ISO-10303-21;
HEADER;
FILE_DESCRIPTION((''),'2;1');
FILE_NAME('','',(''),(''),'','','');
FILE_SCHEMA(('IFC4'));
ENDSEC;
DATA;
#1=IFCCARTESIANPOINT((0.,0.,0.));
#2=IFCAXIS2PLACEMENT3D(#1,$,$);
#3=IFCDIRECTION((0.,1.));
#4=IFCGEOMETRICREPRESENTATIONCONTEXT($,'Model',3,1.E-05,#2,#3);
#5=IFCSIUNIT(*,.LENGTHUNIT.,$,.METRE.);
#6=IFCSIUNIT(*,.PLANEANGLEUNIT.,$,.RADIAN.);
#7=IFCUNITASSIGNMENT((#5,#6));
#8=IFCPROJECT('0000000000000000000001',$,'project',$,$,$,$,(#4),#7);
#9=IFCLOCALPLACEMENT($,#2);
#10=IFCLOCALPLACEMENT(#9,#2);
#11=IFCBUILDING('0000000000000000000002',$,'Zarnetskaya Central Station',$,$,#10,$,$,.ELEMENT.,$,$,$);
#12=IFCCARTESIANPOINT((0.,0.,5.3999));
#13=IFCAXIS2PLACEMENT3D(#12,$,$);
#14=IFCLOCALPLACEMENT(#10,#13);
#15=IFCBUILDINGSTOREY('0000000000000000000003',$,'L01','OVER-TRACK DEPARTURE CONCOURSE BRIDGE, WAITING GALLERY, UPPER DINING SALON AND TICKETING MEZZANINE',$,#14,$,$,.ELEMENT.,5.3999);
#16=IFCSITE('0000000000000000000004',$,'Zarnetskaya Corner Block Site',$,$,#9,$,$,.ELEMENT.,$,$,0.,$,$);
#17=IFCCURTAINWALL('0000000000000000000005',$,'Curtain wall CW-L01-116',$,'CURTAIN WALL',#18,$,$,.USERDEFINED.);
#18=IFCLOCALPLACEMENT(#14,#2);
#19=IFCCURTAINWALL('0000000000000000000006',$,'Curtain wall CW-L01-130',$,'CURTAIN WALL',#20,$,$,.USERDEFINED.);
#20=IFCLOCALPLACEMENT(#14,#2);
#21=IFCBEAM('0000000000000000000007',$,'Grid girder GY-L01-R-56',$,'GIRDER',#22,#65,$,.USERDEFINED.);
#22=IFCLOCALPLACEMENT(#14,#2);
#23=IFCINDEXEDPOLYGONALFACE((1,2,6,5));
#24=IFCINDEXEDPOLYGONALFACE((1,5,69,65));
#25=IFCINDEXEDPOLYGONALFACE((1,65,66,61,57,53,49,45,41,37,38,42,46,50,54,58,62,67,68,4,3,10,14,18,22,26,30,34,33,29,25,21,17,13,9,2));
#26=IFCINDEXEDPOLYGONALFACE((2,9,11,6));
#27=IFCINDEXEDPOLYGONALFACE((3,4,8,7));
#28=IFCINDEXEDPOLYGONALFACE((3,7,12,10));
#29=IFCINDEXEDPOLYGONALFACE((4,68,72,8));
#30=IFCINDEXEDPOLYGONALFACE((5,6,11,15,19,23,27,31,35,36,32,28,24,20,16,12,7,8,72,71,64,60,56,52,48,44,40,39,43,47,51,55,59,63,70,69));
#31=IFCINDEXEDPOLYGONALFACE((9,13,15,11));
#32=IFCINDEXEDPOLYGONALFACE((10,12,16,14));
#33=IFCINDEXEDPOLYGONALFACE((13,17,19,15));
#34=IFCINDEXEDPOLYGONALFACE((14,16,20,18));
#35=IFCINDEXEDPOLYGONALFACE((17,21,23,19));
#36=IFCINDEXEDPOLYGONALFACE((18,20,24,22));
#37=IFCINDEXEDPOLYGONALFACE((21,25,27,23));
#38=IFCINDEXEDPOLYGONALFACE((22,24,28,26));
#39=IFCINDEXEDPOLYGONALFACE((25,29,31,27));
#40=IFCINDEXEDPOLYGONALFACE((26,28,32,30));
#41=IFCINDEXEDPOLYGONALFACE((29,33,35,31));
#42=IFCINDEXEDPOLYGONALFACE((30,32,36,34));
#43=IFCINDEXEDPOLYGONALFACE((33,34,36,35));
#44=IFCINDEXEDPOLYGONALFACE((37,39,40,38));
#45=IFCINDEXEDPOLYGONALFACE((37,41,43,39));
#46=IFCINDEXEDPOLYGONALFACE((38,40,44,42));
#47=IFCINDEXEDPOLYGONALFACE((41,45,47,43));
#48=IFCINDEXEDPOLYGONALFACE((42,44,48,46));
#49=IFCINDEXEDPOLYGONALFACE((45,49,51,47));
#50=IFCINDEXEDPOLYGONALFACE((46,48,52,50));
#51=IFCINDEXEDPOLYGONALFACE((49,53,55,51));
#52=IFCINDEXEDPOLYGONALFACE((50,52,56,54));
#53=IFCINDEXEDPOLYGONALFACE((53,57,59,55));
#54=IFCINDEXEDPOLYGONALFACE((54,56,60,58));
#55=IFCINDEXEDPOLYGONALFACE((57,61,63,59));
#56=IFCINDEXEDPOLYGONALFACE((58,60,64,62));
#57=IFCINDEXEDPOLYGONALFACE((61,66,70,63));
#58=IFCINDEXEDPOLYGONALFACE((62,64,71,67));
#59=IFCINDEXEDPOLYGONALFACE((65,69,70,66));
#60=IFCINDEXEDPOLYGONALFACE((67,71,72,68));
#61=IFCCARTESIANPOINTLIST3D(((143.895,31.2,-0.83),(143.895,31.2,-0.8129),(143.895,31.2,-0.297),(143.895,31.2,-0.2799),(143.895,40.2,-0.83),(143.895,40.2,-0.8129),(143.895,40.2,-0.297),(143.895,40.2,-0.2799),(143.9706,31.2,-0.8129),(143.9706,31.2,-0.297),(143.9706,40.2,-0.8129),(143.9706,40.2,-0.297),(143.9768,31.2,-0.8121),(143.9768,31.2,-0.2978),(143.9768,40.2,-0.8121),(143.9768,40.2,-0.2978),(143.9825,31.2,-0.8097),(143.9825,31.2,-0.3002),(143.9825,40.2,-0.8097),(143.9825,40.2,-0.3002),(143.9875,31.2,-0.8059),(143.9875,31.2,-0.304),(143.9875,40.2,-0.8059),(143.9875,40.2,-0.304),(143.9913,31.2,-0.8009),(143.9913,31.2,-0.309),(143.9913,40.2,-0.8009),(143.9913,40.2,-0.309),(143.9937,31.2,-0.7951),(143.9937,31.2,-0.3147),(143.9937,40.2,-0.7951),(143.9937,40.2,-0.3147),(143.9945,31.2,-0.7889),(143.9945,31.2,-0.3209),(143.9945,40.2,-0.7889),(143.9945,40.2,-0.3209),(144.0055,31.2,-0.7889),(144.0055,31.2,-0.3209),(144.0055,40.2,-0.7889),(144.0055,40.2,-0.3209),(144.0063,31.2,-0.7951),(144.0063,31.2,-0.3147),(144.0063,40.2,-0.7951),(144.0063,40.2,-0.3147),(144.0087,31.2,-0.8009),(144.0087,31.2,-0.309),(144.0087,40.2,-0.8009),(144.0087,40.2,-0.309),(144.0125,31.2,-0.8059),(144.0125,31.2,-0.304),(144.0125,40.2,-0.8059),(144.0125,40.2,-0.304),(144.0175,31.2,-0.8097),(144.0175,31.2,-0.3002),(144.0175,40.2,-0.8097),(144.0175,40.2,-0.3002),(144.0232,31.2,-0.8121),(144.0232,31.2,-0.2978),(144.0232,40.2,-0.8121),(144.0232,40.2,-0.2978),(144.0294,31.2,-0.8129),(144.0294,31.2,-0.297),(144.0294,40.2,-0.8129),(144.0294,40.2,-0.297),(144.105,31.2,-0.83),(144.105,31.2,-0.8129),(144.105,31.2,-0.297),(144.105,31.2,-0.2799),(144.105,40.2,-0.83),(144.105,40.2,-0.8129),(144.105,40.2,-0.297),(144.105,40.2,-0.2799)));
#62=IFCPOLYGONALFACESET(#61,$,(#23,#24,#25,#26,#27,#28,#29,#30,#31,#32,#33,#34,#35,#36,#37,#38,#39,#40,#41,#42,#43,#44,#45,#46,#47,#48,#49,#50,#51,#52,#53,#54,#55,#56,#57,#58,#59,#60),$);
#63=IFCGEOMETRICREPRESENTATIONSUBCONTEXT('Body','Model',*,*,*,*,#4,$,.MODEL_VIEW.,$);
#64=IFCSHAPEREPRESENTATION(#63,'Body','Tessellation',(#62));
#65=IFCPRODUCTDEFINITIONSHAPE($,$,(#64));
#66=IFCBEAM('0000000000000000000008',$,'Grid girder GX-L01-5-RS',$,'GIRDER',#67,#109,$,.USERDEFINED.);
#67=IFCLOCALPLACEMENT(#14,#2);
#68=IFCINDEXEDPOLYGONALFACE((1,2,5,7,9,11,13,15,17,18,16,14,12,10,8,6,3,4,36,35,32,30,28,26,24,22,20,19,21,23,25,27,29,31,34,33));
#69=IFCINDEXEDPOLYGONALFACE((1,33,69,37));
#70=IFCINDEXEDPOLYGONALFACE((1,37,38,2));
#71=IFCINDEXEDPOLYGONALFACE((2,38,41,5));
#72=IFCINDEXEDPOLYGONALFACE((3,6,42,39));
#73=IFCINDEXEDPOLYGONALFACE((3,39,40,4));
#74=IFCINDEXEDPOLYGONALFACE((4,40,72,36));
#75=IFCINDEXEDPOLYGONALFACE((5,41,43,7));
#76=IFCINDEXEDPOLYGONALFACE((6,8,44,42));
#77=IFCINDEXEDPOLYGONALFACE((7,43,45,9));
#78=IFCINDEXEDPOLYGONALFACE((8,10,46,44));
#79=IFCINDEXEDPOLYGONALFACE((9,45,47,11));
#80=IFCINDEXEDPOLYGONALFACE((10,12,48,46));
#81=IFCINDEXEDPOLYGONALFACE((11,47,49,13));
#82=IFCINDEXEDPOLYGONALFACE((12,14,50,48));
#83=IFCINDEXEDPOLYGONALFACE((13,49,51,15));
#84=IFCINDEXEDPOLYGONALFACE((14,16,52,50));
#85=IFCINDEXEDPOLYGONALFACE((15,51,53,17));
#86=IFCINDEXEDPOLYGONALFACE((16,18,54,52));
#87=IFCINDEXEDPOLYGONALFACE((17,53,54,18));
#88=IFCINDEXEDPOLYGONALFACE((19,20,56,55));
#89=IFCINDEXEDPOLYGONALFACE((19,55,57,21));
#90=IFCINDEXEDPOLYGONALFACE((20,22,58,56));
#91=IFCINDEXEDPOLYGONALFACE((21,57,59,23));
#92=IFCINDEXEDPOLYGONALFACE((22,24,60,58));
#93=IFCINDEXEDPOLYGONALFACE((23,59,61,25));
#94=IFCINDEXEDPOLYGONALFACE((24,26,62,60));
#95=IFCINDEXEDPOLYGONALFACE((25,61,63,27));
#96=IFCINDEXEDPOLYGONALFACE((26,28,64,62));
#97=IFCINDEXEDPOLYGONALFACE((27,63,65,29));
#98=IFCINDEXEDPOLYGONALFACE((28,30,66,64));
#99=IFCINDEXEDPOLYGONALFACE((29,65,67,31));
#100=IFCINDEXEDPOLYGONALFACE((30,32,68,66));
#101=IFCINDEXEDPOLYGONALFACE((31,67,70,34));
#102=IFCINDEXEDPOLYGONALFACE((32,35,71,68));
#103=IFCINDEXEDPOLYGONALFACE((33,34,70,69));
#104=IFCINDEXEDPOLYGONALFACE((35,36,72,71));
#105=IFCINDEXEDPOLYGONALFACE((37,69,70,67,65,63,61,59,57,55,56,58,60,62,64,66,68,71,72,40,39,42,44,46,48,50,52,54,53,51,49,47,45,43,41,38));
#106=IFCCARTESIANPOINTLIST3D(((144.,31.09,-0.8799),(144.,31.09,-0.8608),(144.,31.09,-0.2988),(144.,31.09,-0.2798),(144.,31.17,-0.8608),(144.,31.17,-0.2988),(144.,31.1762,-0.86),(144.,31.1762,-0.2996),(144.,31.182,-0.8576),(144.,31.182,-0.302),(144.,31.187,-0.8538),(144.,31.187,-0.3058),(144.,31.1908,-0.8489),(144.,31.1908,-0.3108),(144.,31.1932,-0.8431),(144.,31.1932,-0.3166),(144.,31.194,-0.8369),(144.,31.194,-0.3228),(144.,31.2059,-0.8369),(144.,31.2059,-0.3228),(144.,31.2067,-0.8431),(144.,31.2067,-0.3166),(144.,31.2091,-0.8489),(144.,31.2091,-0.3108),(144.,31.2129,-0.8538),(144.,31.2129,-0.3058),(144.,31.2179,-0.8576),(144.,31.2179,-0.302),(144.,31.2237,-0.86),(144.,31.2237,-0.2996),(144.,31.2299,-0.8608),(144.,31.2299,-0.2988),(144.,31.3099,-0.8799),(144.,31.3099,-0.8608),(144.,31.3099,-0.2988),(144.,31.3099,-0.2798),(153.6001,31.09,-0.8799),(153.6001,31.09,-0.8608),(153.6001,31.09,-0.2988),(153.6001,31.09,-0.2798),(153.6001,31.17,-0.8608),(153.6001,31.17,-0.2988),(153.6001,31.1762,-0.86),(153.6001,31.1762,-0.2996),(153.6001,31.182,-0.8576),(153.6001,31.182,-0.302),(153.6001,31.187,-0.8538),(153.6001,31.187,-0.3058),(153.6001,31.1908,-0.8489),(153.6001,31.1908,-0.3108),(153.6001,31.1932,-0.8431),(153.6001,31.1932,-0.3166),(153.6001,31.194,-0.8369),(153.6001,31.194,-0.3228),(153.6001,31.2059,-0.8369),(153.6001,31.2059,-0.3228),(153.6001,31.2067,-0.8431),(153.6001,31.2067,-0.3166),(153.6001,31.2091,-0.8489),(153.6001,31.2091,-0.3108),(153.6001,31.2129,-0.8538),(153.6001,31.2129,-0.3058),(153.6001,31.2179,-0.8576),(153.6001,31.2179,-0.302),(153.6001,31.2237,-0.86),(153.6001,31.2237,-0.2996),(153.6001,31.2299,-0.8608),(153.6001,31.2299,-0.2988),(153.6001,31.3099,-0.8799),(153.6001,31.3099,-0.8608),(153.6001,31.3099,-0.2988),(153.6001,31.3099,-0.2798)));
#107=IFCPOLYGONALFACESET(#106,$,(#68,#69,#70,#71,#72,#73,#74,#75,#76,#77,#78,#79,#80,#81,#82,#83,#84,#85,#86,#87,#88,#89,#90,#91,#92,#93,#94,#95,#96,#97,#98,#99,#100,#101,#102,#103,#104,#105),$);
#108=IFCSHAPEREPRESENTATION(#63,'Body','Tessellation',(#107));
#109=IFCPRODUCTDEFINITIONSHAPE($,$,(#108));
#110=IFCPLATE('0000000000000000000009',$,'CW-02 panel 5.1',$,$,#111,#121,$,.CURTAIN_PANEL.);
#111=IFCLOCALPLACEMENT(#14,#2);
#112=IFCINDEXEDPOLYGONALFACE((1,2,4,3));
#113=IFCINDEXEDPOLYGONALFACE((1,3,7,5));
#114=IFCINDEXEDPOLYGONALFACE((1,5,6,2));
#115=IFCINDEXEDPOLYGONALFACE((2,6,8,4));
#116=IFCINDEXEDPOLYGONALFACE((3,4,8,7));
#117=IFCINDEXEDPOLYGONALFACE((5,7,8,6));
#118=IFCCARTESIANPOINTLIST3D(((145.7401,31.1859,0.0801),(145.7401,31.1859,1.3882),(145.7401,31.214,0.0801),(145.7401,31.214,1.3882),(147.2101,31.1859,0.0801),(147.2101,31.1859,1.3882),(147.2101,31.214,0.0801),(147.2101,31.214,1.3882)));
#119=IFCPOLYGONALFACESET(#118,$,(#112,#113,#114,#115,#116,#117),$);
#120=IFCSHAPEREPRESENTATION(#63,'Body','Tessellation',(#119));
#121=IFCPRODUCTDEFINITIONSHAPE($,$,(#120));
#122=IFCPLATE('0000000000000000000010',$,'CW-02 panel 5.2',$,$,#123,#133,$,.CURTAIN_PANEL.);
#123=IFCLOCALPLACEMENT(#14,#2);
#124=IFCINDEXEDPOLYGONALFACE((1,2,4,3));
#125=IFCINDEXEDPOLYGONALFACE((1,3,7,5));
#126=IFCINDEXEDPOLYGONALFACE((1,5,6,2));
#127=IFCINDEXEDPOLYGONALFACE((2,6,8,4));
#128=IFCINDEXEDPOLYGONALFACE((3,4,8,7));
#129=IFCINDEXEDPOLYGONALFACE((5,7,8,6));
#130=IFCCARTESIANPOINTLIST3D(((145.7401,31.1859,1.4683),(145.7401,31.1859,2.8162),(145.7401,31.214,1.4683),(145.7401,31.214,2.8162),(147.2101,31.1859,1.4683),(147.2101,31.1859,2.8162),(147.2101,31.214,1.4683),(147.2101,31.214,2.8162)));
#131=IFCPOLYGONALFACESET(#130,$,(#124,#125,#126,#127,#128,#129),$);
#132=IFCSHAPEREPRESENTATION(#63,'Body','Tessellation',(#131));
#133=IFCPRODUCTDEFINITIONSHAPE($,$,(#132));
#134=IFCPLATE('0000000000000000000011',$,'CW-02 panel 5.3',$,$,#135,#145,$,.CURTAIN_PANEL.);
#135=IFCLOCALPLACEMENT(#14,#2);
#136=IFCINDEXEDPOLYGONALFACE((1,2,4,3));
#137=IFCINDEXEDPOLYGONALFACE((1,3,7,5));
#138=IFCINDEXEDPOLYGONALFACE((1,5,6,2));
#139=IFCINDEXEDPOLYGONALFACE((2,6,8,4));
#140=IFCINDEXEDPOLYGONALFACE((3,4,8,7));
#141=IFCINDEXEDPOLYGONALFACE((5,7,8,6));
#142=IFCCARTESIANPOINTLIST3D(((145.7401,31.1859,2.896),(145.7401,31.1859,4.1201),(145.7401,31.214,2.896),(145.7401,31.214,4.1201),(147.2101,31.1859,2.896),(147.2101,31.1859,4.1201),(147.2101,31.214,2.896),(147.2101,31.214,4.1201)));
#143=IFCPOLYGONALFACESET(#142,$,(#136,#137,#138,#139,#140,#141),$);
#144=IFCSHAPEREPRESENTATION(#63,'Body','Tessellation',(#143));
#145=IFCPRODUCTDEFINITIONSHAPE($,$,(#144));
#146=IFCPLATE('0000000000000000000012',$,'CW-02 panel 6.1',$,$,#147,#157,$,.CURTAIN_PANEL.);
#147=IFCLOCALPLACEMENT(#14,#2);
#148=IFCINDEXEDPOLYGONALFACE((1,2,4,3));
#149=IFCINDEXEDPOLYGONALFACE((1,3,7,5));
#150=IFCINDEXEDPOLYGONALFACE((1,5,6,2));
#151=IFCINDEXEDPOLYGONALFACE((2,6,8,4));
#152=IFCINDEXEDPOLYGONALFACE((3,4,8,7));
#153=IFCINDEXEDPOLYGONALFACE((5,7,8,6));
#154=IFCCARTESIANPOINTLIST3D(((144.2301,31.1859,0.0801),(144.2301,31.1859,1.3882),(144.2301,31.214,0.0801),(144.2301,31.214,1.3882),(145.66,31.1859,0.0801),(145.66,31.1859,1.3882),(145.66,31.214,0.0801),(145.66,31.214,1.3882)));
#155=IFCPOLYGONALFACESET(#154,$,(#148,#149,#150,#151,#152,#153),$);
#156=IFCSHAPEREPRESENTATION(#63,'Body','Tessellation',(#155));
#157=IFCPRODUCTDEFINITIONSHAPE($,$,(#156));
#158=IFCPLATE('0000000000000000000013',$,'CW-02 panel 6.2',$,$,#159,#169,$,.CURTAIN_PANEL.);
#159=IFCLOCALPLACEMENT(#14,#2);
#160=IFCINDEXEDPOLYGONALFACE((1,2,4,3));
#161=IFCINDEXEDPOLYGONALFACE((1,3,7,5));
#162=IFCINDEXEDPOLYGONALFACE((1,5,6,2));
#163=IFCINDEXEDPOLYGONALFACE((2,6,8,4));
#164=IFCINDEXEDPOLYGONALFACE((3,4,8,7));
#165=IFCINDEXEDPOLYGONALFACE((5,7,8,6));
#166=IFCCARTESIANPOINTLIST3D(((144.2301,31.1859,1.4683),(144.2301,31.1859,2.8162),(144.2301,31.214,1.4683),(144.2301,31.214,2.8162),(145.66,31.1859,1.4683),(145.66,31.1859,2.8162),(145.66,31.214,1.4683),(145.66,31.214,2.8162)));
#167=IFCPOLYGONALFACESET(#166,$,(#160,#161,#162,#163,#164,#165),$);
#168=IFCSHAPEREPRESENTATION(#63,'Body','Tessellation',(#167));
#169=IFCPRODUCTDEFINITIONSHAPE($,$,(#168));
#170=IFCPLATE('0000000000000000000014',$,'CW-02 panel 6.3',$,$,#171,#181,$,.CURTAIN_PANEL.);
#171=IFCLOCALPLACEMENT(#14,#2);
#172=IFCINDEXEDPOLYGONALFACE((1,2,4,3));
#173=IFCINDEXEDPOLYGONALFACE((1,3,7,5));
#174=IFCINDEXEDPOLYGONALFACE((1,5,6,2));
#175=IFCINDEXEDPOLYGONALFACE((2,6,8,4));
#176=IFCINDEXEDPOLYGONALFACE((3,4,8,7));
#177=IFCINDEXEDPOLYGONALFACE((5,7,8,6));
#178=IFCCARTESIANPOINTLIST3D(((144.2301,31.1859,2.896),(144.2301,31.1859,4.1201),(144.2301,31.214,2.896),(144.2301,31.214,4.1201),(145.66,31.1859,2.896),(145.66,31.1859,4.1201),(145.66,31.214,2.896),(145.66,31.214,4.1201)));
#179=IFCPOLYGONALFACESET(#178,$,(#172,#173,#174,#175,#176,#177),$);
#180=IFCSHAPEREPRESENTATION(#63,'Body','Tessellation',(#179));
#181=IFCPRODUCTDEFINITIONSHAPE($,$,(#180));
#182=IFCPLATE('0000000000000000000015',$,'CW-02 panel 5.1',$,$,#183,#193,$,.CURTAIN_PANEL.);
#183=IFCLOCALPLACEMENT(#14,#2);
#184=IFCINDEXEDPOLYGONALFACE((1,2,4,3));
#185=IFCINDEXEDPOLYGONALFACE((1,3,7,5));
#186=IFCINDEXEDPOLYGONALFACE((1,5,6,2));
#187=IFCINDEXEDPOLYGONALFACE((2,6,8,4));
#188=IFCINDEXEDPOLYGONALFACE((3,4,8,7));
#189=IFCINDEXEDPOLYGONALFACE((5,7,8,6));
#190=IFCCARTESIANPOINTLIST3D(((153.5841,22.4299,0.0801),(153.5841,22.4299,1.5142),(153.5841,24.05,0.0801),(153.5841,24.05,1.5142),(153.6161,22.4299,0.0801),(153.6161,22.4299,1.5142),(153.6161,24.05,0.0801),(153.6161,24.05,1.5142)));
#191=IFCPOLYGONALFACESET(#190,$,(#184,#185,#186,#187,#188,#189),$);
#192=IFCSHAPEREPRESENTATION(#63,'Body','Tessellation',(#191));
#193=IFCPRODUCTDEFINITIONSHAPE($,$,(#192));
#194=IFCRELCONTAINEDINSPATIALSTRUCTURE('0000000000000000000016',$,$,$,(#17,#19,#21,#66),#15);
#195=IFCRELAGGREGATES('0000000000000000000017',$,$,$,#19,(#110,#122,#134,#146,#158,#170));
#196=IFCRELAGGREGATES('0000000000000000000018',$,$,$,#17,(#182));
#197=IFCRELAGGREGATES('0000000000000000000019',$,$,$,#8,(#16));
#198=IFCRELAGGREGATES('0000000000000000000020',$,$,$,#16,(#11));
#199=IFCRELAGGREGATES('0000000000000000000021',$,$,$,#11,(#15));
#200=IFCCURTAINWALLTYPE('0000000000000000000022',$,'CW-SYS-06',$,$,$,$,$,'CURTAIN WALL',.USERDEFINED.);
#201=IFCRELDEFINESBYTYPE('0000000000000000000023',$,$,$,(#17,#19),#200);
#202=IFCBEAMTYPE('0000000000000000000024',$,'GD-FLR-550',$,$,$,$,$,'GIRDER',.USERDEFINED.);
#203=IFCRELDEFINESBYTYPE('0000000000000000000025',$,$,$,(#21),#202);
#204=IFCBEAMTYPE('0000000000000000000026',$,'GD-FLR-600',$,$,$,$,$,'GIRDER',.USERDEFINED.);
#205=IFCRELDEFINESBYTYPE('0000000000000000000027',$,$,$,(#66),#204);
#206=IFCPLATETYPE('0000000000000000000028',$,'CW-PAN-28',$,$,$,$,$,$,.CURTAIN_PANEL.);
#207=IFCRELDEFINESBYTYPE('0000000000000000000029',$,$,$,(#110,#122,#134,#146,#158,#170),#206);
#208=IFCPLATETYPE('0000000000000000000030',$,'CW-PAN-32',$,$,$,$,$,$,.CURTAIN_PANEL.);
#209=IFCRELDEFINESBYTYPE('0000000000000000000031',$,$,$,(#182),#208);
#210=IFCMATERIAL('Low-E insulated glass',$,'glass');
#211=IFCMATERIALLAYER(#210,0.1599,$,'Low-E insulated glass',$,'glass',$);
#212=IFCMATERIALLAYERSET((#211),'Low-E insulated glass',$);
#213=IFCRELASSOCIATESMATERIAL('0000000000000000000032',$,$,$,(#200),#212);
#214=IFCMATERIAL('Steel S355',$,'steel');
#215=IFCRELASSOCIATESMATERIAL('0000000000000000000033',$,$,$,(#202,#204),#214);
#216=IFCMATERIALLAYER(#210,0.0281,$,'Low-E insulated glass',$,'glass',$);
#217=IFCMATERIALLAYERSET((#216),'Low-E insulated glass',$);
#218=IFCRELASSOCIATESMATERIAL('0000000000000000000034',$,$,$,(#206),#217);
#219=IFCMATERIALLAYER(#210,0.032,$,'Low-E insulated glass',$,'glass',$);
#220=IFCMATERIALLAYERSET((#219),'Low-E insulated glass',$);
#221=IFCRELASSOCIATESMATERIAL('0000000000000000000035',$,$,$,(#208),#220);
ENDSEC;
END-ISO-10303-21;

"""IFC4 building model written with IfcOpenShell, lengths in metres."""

from ifc_helpers import new_model, si_unit, direction, frame, origin, origin_2d, place, context, subcontext, project, spatial, rectangle, i_section, extrude, material, layer, layer_set, material_profile, profile_set, type_object, element, aggregate, save


model = new_model("IFC4")

# Units and contexts
model_context = context("Model", 3, precision=1e-05, world=origin(), true_north=direction((0.0, 1.0)))
body_context = subcontext(model_context, "Body", "Model", "MODEL_VIEW")
ifc_project = project(units=[si_unit("LENGTHUNIT", "METRE"), si_unit("PLANEANGLEUNIT", "RADIAN")], contexts=[model_context])

# Site, building, storey
site_placement = place(None, origin())
site = spatial("IfcSite", under=ifc_project, at=site_placement, Name="Zarnetskaya Corner Block Site", CompositionType="ELEMENT", RefElevation=0.0)
building_placement = place(site_placement, origin())
building = spatial("IfcBuilding", under=site, at=building_placement, Name="Zarnetskaya Central Station", CompositionType="ELEMENT")
storey_placement = place(building_placement, frame((0.0, 0.0, 5.3999)))
storey = spatial("IfcBuildingStorey", under=building, at=storey_placement, Name="L01", Description="OVER-TRACK DEPARTURE CONCOURSE BRIDGE, WAITING GALLERY, UPPER DINING SALON AND TICKETING MEZZANINE", CompositionType="ELEMENT", Elevation=5.3999)

# Shared definitions
ifc_material_1 = material(Name="Steel S355", Category="steel")

# Shared definitions
ifc_material_2 = material(Name="Low-E insulated glass", Category="glass")
ifc_layer_1 = layer(ifc_material_2, 0.1599, Name="Low-E insulated glass", Category="glass")
ifc_layer_set_1 = layer_set([ifc_layer_1], Name="Low-E insulated glass")
curtain_wall_type = type_object("IfcCurtainWallType", Name="CW-SYS-06", ElementType="CURTAIN WALL", PredefinedType="USERDEFINED", material=ifc_layer_set_1)

# Curtain wall
curtain_wall_1_placement = place(storey_placement, origin())
curtain_wall_1 = element("IfcCurtainWall", 1, at=curtain_wall_1_placement, inside=storey, type_object=curtain_wall_type, Name="Curtain wall CW-L01-116", ObjectType="CURTAIN WALL", PredefinedType="USERDEFINED")

# Curtain wall
curtain_wall_2_placement = place(storey_placement, origin())
curtain_wall_2 = element("IfcCurtainWall", 2, at=curtain_wall_2_placement, inside=storey, type_object=curtain_wall_type, Name="Curtain wall CW-L01-130", ObjectType="CURTAIN WALL", PredefinedType="USERDEFINED")

# Beams
ifc_material_profile_1 = material_profile(ifc_material_1, i_section(OverallWidth=0.21, OverallDepth=0.55, WebThickness=0.011, FlangeThickness=0.0171, FilletRadius=0.0239, at=origin_2d()), Name="IPE 550")
ifc_profile_set_1 = profile_set([ifc_material_profile_1], Name="Steel S355")
beam_type_1 = type_object("IfcBeamType", Name="GD-FLR-550", ElementType="GIRDER", PredefinedType="USERDEFINED", material=ifc_profile_set_1)
beam_1_placement = place(storey_placement, frame((144.0, 31.2, -0.5549), z_axis=(0.0, 1.0, 0.0), x_axis=(-1.0, 0.0, 0.0)))
element("IfcBeam", 3, at=beam_1_placement, inside=storey, type_object=beam_type_1, Name="Grid girder GY-L01-R-56", ObjectType="GIRDER", PredefinedType="USERDEFINED", context=body_context, shape_type="SweptSolid", body=[
    extrude(i_section(OverallWidth=0.21, OverallDepth=0.55, WebThickness=0.011, FlangeThickness=0.0171, FilletRadius=0.0239, at=origin_2d()), origin(), (0.0, 0.0, 1.0), 9.0),
])
ifc_material_profile_2 = material_profile(ifc_material_1, i_section(OverallWidth=0.22, OverallDepth=0.6001, WebThickness=0.012, FlangeThickness=0.019, FilletRadius=0.0239, at=origin_2d()), Name="IPE 600")
ifc_profile_set_2 = profile_set([ifc_material_profile_2], Name="Steel S355")
beam_type_2 = type_object("IfcBeamType", Name="GD-FLR-600", ElementType="GIRDER", PredefinedType="USERDEFINED", material=ifc_profile_set_2)
beam_2_placement = place(storey_placement, frame((144.0, 31.2, -0.5798), z_axis=(1.0, 0.0, 0.0), x_axis=(0.0, 1.0, 0.0)))
element("IfcBeam", 4, at=beam_2_placement, inside=storey, type_object=beam_type_2, Name="Grid girder GX-L01-5-RS", ObjectType="GIRDER", PredefinedType="USERDEFINED", context=body_context, shape_type="SweptSolid", body=[
    extrude(i_section(OverallWidth=0.22, OverallDepth=0.6001, WebThickness=0.012, FlangeThickness=0.019, FilletRadius=0.0239, at=origin_2d()), origin(), (0.0, 0.0, 1.0), 9.6001),
])

# Plates
ifc_layer_2 = layer(ifc_material_2, 0.0281, Name="Low-E insulated glass", Category="glass")
ifc_layer_set_2 = layer_set([ifc_layer_2], Name="Low-E insulated glass")
plate_type_1 = type_object("IfcPlateType", Name="CW-PAN-28", PredefinedType="CURTAIN_PANEL", material=ifc_layer_set_2)
plate_1_placement = place(storey_placement, frame((146.4751, 31.2, 0.0801), z_axis=(0.0, 0.0, 1.0), x_axis=(-1.0, 0.0, 0.0)))
plate_1 = element("IfcPlate", 5, at=plate_1_placement, type_object=plate_type_1, Name="CW-02 panel 5.1", PredefinedType="CURTAIN_PANEL", context=body_context, shape_type="SweptSolid", body=[
    extrude(rectangle(XDim=1.47, YDim=0.0281, at=origin_2d()), origin(), (0.0, 0.0, 1.0), 1.3081),
])
plate_2_placement = place(storey_placement, frame((146.4751, 31.2, 1.4683), z_axis=(0.0, 0.0, 1.0), x_axis=(-1.0, 0.0, 0.0)))
plate_2 = element("IfcPlate", 6, at=plate_2_placement, type_object=plate_type_1, Name="CW-02 panel 5.2", PredefinedType="CURTAIN_PANEL", context=body_context, shape_type="SweptSolid", body=[
    extrude(rectangle(XDim=1.47, YDim=0.0281, at=origin_2d()), origin(), (0.0, 0.0, 1.0), 1.3479),
])
plate_3_placement = place(storey_placement, frame((146.4751, 31.2, 2.896), z_axis=(0.0, 0.0, 1.0), x_axis=(-1.0, 0.0, 0.0)))
plate_3 = element("IfcPlate", 7, at=plate_3_placement, type_object=plate_type_1, Name="CW-02 panel 5.3", PredefinedType="CURTAIN_PANEL", context=body_context, shape_type="SweptSolid", body=[
    extrude(rectangle(XDim=1.47, YDim=0.0281, at=origin_2d()), origin(), (0.0, 0.0, 1.0), 1.2241),
])
plate_4_placement = place(storey_placement, frame((144.9451, 31.2, 0.0801), z_axis=(0.0, 0.0, 1.0), x_axis=(-1.0, 0.0, 0.0)))
plate_4 = element("IfcPlate", 8, at=plate_4_placement, type_object=plate_type_1, Name="CW-02 panel 6.1", PredefinedType="CURTAIN_PANEL", context=body_context, shape_type="SweptSolid", body=[
    extrude(rectangle(XDim=1.4299, YDim=0.0281, at=origin_2d()), origin(), (0.0, 0.0, 1.0), 1.3081),
])
plate_5_placement = place(storey_placement, frame((144.9451, 31.2, 1.4683), z_axis=(0.0, 0.0, 1.0), x_axis=(-1.0, 0.0, 0.0)))
plate_5 = element("IfcPlate", 9, at=plate_5_placement, type_object=plate_type_1, Name="CW-02 panel 6.2", PredefinedType="CURTAIN_PANEL", context=body_context, shape_type="SweptSolid", body=[
    extrude(rectangle(XDim=1.4299, YDim=0.0281, at=origin_2d()), origin(), (0.0, 0.0, 1.0), 1.3479),
])
plate_6_placement = place(storey_placement, frame((144.9451, 31.2, 2.896), z_axis=(0.0, 0.0, 1.0), x_axis=(-1.0, 0.0, 0.0)))
plate_6 = element("IfcPlate", 10, at=plate_6_placement, type_object=plate_type_1, Name="CW-02 panel 6.3", PredefinedType="CURTAIN_PANEL", context=body_context, shape_type="SweptSolid", body=[
    extrude(rectangle(XDim=1.4299, YDim=0.0281, at=origin_2d()), origin(), (0.0, 0.0, 1.0), 1.2241),
])
aggregate(curtain_wall_2, [plate_1, plate_2, plate_3, plate_4, plate_5, plate_6])
ifc_layer_3 = layer(ifc_material_2, 0.032, Name="Low-E insulated glass", Category="glass")
ifc_layer_set_3 = layer_set([ifc_layer_3], Name="Low-E insulated glass")
plate_type_2 = type_object("IfcPlateType", Name="CW-PAN-32", PredefinedType="CURTAIN_PANEL", material=ifc_layer_set_3)
plate_7_placement = place(storey_placement, frame((153.6001, 23.24, 0.0801), z_axis=(0.0, 0.0, 1.0), x_axis=(0.0, -1.0, 0.0)))
plate_7 = element("IfcPlate", 11, at=plate_7_placement, type_object=plate_type_2, Name="CW-02 panel 5.1", PredefinedType="CURTAIN_PANEL", context=body_context, shape_type="SweptSolid", body=[
    extrude(rectangle(XDim=1.6201, YDim=0.032, at=origin_2d()), origin(), (0.0, 0.0, 1.0), 1.4341),
])
aggregate(curtain_wall_1, [plate_7])

save(model, "model.ifc")
